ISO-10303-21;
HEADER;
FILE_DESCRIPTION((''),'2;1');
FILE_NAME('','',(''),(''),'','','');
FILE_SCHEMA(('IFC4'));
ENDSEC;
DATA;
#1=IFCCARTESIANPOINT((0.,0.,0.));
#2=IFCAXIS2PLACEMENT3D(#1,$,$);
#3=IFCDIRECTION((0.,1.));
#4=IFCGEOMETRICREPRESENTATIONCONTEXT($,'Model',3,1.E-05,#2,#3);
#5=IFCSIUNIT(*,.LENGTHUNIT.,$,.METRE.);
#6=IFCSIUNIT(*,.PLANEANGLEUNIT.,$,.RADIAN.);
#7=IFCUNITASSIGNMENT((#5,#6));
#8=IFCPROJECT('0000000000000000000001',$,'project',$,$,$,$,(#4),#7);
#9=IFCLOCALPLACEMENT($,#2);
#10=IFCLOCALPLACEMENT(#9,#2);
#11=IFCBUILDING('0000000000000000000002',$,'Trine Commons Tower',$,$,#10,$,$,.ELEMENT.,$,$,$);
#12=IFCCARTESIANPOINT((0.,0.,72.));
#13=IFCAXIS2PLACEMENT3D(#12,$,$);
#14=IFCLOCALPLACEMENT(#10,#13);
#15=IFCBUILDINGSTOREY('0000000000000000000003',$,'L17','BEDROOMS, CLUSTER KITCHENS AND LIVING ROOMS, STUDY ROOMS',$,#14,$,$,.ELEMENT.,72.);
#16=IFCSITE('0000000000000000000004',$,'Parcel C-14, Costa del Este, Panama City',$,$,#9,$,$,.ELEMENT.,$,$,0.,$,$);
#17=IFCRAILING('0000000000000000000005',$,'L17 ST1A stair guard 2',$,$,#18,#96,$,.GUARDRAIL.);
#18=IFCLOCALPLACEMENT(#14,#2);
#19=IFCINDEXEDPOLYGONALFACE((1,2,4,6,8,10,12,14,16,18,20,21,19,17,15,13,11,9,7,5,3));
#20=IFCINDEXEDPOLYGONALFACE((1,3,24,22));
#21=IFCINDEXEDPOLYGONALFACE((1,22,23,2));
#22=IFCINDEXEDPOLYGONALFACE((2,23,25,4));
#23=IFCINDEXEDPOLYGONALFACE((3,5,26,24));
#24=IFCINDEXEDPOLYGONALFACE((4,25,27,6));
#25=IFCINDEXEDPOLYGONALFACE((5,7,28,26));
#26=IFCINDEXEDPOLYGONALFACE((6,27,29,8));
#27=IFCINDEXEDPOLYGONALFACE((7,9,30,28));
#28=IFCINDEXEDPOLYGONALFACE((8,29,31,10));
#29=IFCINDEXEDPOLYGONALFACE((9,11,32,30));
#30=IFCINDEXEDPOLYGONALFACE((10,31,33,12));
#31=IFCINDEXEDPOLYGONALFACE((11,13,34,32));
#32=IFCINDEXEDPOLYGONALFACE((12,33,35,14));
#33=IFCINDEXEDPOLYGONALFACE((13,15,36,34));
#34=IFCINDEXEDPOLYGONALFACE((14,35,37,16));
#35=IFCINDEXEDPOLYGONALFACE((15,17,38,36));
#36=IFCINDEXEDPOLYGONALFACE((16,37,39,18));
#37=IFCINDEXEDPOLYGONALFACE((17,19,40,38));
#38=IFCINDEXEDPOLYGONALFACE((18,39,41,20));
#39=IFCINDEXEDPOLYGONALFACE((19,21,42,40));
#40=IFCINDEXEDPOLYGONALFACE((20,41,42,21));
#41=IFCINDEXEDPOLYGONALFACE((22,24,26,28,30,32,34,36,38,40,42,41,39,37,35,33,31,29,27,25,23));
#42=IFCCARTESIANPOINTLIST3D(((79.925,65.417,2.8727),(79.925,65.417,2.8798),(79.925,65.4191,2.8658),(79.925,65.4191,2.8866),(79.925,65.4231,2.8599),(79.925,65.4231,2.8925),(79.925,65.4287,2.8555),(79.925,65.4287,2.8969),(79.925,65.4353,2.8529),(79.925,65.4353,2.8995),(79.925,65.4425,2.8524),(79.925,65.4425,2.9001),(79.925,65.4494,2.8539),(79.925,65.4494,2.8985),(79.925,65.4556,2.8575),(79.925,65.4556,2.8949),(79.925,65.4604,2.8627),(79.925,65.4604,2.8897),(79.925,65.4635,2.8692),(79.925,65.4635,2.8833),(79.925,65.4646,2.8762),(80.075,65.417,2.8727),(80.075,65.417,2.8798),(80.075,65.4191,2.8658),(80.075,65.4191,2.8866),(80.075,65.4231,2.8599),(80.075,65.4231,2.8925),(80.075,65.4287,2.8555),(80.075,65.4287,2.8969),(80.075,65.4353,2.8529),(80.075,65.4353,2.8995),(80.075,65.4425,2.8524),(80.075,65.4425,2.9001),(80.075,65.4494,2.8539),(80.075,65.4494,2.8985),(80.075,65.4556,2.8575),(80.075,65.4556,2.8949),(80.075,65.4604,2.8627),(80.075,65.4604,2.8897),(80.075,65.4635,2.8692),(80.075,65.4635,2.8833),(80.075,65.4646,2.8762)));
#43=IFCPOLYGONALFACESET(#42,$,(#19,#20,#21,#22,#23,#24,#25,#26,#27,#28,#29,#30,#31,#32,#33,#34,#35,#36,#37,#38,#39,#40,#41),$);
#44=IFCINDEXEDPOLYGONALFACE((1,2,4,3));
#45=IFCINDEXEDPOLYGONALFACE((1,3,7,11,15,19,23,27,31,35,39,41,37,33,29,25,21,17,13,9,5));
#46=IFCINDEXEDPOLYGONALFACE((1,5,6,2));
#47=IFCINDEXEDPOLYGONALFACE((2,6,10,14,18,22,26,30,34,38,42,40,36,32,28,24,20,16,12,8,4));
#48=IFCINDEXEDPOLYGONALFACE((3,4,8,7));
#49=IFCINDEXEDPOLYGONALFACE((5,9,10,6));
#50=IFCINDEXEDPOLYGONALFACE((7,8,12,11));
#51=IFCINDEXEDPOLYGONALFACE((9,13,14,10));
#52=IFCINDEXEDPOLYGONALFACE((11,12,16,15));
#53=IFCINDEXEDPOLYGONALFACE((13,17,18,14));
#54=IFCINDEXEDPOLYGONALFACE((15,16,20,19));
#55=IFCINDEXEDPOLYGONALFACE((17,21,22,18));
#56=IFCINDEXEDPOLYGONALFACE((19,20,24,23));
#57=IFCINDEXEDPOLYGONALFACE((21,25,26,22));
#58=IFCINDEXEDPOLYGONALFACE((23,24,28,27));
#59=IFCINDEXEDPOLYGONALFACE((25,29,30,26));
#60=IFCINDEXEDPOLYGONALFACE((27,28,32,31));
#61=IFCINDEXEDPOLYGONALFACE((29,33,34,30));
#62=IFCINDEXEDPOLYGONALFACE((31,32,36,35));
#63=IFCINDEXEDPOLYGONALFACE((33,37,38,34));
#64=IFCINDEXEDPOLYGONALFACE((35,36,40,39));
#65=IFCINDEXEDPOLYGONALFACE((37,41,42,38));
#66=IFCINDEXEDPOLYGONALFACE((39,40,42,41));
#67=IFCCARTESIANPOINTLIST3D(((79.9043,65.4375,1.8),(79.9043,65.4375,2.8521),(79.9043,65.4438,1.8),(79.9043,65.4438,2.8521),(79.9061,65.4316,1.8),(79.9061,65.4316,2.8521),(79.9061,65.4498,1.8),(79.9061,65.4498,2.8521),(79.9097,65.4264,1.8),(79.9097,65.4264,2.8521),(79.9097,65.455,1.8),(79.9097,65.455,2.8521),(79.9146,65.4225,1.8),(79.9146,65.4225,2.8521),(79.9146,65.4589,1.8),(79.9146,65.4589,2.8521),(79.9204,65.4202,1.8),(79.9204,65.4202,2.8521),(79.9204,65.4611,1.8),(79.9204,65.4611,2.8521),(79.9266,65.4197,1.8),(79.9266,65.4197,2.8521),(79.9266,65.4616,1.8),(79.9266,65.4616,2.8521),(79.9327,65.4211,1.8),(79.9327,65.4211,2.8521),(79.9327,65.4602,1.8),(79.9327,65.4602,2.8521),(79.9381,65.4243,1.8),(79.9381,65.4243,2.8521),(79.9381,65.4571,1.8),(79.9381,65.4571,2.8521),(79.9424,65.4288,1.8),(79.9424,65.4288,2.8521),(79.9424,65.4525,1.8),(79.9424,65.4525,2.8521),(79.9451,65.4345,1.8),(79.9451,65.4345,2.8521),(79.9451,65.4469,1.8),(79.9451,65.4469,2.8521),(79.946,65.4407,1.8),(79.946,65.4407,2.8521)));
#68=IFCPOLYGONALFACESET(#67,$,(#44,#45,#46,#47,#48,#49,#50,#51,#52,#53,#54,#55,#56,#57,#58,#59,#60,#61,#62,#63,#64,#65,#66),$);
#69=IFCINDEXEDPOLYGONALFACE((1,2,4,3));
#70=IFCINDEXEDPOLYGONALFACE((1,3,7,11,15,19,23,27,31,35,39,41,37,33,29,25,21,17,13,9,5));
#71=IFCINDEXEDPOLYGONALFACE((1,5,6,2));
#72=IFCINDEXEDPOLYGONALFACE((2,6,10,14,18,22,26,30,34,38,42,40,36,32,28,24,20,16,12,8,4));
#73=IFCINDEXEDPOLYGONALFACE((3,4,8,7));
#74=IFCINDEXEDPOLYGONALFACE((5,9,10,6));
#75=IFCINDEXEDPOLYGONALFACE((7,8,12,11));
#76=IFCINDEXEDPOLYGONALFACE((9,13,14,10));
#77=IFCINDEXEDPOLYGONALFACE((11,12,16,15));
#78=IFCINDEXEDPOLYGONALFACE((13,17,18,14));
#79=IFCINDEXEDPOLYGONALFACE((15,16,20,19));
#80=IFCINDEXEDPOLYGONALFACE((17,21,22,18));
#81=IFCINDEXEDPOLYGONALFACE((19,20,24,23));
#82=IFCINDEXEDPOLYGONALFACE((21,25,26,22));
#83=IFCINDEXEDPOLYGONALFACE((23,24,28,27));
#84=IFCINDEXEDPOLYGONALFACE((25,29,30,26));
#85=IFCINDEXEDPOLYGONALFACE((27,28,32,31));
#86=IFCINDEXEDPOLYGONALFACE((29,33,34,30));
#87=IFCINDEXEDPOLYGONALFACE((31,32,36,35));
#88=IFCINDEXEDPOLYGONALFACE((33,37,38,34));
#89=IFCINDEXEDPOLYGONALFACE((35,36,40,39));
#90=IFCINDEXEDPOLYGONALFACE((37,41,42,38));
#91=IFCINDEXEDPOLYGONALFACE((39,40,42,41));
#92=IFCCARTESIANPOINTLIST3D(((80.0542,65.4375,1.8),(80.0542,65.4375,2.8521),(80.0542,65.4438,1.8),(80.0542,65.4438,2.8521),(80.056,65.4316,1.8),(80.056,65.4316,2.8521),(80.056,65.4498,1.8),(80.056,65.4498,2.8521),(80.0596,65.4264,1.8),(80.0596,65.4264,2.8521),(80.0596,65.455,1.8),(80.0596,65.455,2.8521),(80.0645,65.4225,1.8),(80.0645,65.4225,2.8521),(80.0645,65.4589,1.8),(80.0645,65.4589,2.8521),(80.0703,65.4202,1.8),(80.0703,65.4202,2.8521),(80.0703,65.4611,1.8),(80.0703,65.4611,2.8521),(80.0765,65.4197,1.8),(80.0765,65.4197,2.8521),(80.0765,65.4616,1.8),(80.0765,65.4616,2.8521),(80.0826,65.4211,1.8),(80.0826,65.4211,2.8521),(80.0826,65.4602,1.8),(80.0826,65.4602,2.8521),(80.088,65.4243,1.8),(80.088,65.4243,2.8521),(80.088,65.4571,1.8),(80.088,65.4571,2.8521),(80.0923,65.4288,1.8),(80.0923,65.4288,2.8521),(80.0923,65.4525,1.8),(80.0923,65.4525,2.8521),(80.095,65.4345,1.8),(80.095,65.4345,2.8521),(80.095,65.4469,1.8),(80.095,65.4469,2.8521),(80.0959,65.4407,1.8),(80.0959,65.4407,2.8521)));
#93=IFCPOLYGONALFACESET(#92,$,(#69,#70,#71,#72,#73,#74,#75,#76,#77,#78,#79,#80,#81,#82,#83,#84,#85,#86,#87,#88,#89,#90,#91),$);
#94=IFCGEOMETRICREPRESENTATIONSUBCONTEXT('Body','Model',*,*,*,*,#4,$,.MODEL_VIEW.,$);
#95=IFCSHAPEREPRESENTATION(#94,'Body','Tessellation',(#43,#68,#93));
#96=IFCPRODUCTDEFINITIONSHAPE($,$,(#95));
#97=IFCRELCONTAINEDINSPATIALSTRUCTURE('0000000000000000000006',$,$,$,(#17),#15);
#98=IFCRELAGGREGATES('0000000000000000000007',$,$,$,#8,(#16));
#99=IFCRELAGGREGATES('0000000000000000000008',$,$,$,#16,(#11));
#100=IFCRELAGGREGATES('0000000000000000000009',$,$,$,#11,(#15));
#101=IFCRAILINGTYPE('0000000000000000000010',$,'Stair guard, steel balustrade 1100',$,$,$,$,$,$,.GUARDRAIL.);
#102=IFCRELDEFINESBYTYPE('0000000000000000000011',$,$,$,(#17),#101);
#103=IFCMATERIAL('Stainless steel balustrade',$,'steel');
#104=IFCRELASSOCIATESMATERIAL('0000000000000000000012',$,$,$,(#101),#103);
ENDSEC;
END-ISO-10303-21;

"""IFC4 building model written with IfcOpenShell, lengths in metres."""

from ifc_helpers import new_model, si_unit, direction, frame, origin, origin_2d, place, context, subcontext, project, spatial, circle, extrude, material, type_object, element, save


model = new_model("IFC4")

# Units and contexts
model_context = context("Model", 3, precision=1e-05, world=origin(), true_north=direction((0.0, 1.0)))
body_context = subcontext(model_context, "Body", "Model", "MODEL_VIEW")
ifc_project = project(units=[si_unit("LENGTHUNIT", "METRE"), si_unit("PLANEANGLEUNIT", "RADIAN")], contexts=[model_context])

# Site, building, storey
site_placement = place(None, origin())
site = spatial("IfcSite", under=ifc_project, at=site_placement, Name="Parcel C-14, Costa del Este, Panama City", CompositionType="ELEMENT", RefElevation=0.0)
building_placement = place(site_placement, origin())
building = spatial("IfcBuilding", under=site, at=building_placement, Name="Trine Commons Tower", CompositionType="ELEMENT")
storey_placement = place(building_placement, frame((0.0, 0.0, 72.0)))
storey = spatial("IfcBuildingStorey", under=building, at=storey_placement, Name="L17", Description="BEDROOMS, CLUSTER KITCHENS AND LIVING ROOMS, STUDY ROOMS", CompositionType="ELEMENT", Elevation=72.0)

# Railing
ifc_material_1 = material(Name="Stainless steel balustrade", Category="steel")
railing_type_1 = type_object("IfcRailingType", Name="Stair guard, steel balustrade 1100", PredefinedType="GUARDRAIL", material=ifc_material_1)
railing_1_placement = place(storey_placement, frame((79.925, 65.4407, 1.8)))
element("IfcRailing", 1, at=railing_1_placement, inside=storey, type_object=railing_type_1, Name="L17 ST1A stair guard 2", PredefinedType="GUARDRAIL", context=body_context, shape_type="SweptSolid", body=[
    extrude(circle(Radius=0.0239, at=origin_2d()), frame((0.0, 0.0, 1.0762), z_axis=(1.0, 0.0, 0.0), x_axis=(0.0, 1.0, 0.0)), (0.0, 0.0, 1.0), 0.1499),
    extrude(circle(Radius=0.021, at=origin_2d()), origin(), (0.0, 0.0, 1.0), 1.052),
    extrude(circle(Radius=0.021, at=origin_2d()), frame((0.1499, 0.0, 0.0)), (0.0, 0.0, 1.0), 1.052),
])

save(model, "model.ifc")
